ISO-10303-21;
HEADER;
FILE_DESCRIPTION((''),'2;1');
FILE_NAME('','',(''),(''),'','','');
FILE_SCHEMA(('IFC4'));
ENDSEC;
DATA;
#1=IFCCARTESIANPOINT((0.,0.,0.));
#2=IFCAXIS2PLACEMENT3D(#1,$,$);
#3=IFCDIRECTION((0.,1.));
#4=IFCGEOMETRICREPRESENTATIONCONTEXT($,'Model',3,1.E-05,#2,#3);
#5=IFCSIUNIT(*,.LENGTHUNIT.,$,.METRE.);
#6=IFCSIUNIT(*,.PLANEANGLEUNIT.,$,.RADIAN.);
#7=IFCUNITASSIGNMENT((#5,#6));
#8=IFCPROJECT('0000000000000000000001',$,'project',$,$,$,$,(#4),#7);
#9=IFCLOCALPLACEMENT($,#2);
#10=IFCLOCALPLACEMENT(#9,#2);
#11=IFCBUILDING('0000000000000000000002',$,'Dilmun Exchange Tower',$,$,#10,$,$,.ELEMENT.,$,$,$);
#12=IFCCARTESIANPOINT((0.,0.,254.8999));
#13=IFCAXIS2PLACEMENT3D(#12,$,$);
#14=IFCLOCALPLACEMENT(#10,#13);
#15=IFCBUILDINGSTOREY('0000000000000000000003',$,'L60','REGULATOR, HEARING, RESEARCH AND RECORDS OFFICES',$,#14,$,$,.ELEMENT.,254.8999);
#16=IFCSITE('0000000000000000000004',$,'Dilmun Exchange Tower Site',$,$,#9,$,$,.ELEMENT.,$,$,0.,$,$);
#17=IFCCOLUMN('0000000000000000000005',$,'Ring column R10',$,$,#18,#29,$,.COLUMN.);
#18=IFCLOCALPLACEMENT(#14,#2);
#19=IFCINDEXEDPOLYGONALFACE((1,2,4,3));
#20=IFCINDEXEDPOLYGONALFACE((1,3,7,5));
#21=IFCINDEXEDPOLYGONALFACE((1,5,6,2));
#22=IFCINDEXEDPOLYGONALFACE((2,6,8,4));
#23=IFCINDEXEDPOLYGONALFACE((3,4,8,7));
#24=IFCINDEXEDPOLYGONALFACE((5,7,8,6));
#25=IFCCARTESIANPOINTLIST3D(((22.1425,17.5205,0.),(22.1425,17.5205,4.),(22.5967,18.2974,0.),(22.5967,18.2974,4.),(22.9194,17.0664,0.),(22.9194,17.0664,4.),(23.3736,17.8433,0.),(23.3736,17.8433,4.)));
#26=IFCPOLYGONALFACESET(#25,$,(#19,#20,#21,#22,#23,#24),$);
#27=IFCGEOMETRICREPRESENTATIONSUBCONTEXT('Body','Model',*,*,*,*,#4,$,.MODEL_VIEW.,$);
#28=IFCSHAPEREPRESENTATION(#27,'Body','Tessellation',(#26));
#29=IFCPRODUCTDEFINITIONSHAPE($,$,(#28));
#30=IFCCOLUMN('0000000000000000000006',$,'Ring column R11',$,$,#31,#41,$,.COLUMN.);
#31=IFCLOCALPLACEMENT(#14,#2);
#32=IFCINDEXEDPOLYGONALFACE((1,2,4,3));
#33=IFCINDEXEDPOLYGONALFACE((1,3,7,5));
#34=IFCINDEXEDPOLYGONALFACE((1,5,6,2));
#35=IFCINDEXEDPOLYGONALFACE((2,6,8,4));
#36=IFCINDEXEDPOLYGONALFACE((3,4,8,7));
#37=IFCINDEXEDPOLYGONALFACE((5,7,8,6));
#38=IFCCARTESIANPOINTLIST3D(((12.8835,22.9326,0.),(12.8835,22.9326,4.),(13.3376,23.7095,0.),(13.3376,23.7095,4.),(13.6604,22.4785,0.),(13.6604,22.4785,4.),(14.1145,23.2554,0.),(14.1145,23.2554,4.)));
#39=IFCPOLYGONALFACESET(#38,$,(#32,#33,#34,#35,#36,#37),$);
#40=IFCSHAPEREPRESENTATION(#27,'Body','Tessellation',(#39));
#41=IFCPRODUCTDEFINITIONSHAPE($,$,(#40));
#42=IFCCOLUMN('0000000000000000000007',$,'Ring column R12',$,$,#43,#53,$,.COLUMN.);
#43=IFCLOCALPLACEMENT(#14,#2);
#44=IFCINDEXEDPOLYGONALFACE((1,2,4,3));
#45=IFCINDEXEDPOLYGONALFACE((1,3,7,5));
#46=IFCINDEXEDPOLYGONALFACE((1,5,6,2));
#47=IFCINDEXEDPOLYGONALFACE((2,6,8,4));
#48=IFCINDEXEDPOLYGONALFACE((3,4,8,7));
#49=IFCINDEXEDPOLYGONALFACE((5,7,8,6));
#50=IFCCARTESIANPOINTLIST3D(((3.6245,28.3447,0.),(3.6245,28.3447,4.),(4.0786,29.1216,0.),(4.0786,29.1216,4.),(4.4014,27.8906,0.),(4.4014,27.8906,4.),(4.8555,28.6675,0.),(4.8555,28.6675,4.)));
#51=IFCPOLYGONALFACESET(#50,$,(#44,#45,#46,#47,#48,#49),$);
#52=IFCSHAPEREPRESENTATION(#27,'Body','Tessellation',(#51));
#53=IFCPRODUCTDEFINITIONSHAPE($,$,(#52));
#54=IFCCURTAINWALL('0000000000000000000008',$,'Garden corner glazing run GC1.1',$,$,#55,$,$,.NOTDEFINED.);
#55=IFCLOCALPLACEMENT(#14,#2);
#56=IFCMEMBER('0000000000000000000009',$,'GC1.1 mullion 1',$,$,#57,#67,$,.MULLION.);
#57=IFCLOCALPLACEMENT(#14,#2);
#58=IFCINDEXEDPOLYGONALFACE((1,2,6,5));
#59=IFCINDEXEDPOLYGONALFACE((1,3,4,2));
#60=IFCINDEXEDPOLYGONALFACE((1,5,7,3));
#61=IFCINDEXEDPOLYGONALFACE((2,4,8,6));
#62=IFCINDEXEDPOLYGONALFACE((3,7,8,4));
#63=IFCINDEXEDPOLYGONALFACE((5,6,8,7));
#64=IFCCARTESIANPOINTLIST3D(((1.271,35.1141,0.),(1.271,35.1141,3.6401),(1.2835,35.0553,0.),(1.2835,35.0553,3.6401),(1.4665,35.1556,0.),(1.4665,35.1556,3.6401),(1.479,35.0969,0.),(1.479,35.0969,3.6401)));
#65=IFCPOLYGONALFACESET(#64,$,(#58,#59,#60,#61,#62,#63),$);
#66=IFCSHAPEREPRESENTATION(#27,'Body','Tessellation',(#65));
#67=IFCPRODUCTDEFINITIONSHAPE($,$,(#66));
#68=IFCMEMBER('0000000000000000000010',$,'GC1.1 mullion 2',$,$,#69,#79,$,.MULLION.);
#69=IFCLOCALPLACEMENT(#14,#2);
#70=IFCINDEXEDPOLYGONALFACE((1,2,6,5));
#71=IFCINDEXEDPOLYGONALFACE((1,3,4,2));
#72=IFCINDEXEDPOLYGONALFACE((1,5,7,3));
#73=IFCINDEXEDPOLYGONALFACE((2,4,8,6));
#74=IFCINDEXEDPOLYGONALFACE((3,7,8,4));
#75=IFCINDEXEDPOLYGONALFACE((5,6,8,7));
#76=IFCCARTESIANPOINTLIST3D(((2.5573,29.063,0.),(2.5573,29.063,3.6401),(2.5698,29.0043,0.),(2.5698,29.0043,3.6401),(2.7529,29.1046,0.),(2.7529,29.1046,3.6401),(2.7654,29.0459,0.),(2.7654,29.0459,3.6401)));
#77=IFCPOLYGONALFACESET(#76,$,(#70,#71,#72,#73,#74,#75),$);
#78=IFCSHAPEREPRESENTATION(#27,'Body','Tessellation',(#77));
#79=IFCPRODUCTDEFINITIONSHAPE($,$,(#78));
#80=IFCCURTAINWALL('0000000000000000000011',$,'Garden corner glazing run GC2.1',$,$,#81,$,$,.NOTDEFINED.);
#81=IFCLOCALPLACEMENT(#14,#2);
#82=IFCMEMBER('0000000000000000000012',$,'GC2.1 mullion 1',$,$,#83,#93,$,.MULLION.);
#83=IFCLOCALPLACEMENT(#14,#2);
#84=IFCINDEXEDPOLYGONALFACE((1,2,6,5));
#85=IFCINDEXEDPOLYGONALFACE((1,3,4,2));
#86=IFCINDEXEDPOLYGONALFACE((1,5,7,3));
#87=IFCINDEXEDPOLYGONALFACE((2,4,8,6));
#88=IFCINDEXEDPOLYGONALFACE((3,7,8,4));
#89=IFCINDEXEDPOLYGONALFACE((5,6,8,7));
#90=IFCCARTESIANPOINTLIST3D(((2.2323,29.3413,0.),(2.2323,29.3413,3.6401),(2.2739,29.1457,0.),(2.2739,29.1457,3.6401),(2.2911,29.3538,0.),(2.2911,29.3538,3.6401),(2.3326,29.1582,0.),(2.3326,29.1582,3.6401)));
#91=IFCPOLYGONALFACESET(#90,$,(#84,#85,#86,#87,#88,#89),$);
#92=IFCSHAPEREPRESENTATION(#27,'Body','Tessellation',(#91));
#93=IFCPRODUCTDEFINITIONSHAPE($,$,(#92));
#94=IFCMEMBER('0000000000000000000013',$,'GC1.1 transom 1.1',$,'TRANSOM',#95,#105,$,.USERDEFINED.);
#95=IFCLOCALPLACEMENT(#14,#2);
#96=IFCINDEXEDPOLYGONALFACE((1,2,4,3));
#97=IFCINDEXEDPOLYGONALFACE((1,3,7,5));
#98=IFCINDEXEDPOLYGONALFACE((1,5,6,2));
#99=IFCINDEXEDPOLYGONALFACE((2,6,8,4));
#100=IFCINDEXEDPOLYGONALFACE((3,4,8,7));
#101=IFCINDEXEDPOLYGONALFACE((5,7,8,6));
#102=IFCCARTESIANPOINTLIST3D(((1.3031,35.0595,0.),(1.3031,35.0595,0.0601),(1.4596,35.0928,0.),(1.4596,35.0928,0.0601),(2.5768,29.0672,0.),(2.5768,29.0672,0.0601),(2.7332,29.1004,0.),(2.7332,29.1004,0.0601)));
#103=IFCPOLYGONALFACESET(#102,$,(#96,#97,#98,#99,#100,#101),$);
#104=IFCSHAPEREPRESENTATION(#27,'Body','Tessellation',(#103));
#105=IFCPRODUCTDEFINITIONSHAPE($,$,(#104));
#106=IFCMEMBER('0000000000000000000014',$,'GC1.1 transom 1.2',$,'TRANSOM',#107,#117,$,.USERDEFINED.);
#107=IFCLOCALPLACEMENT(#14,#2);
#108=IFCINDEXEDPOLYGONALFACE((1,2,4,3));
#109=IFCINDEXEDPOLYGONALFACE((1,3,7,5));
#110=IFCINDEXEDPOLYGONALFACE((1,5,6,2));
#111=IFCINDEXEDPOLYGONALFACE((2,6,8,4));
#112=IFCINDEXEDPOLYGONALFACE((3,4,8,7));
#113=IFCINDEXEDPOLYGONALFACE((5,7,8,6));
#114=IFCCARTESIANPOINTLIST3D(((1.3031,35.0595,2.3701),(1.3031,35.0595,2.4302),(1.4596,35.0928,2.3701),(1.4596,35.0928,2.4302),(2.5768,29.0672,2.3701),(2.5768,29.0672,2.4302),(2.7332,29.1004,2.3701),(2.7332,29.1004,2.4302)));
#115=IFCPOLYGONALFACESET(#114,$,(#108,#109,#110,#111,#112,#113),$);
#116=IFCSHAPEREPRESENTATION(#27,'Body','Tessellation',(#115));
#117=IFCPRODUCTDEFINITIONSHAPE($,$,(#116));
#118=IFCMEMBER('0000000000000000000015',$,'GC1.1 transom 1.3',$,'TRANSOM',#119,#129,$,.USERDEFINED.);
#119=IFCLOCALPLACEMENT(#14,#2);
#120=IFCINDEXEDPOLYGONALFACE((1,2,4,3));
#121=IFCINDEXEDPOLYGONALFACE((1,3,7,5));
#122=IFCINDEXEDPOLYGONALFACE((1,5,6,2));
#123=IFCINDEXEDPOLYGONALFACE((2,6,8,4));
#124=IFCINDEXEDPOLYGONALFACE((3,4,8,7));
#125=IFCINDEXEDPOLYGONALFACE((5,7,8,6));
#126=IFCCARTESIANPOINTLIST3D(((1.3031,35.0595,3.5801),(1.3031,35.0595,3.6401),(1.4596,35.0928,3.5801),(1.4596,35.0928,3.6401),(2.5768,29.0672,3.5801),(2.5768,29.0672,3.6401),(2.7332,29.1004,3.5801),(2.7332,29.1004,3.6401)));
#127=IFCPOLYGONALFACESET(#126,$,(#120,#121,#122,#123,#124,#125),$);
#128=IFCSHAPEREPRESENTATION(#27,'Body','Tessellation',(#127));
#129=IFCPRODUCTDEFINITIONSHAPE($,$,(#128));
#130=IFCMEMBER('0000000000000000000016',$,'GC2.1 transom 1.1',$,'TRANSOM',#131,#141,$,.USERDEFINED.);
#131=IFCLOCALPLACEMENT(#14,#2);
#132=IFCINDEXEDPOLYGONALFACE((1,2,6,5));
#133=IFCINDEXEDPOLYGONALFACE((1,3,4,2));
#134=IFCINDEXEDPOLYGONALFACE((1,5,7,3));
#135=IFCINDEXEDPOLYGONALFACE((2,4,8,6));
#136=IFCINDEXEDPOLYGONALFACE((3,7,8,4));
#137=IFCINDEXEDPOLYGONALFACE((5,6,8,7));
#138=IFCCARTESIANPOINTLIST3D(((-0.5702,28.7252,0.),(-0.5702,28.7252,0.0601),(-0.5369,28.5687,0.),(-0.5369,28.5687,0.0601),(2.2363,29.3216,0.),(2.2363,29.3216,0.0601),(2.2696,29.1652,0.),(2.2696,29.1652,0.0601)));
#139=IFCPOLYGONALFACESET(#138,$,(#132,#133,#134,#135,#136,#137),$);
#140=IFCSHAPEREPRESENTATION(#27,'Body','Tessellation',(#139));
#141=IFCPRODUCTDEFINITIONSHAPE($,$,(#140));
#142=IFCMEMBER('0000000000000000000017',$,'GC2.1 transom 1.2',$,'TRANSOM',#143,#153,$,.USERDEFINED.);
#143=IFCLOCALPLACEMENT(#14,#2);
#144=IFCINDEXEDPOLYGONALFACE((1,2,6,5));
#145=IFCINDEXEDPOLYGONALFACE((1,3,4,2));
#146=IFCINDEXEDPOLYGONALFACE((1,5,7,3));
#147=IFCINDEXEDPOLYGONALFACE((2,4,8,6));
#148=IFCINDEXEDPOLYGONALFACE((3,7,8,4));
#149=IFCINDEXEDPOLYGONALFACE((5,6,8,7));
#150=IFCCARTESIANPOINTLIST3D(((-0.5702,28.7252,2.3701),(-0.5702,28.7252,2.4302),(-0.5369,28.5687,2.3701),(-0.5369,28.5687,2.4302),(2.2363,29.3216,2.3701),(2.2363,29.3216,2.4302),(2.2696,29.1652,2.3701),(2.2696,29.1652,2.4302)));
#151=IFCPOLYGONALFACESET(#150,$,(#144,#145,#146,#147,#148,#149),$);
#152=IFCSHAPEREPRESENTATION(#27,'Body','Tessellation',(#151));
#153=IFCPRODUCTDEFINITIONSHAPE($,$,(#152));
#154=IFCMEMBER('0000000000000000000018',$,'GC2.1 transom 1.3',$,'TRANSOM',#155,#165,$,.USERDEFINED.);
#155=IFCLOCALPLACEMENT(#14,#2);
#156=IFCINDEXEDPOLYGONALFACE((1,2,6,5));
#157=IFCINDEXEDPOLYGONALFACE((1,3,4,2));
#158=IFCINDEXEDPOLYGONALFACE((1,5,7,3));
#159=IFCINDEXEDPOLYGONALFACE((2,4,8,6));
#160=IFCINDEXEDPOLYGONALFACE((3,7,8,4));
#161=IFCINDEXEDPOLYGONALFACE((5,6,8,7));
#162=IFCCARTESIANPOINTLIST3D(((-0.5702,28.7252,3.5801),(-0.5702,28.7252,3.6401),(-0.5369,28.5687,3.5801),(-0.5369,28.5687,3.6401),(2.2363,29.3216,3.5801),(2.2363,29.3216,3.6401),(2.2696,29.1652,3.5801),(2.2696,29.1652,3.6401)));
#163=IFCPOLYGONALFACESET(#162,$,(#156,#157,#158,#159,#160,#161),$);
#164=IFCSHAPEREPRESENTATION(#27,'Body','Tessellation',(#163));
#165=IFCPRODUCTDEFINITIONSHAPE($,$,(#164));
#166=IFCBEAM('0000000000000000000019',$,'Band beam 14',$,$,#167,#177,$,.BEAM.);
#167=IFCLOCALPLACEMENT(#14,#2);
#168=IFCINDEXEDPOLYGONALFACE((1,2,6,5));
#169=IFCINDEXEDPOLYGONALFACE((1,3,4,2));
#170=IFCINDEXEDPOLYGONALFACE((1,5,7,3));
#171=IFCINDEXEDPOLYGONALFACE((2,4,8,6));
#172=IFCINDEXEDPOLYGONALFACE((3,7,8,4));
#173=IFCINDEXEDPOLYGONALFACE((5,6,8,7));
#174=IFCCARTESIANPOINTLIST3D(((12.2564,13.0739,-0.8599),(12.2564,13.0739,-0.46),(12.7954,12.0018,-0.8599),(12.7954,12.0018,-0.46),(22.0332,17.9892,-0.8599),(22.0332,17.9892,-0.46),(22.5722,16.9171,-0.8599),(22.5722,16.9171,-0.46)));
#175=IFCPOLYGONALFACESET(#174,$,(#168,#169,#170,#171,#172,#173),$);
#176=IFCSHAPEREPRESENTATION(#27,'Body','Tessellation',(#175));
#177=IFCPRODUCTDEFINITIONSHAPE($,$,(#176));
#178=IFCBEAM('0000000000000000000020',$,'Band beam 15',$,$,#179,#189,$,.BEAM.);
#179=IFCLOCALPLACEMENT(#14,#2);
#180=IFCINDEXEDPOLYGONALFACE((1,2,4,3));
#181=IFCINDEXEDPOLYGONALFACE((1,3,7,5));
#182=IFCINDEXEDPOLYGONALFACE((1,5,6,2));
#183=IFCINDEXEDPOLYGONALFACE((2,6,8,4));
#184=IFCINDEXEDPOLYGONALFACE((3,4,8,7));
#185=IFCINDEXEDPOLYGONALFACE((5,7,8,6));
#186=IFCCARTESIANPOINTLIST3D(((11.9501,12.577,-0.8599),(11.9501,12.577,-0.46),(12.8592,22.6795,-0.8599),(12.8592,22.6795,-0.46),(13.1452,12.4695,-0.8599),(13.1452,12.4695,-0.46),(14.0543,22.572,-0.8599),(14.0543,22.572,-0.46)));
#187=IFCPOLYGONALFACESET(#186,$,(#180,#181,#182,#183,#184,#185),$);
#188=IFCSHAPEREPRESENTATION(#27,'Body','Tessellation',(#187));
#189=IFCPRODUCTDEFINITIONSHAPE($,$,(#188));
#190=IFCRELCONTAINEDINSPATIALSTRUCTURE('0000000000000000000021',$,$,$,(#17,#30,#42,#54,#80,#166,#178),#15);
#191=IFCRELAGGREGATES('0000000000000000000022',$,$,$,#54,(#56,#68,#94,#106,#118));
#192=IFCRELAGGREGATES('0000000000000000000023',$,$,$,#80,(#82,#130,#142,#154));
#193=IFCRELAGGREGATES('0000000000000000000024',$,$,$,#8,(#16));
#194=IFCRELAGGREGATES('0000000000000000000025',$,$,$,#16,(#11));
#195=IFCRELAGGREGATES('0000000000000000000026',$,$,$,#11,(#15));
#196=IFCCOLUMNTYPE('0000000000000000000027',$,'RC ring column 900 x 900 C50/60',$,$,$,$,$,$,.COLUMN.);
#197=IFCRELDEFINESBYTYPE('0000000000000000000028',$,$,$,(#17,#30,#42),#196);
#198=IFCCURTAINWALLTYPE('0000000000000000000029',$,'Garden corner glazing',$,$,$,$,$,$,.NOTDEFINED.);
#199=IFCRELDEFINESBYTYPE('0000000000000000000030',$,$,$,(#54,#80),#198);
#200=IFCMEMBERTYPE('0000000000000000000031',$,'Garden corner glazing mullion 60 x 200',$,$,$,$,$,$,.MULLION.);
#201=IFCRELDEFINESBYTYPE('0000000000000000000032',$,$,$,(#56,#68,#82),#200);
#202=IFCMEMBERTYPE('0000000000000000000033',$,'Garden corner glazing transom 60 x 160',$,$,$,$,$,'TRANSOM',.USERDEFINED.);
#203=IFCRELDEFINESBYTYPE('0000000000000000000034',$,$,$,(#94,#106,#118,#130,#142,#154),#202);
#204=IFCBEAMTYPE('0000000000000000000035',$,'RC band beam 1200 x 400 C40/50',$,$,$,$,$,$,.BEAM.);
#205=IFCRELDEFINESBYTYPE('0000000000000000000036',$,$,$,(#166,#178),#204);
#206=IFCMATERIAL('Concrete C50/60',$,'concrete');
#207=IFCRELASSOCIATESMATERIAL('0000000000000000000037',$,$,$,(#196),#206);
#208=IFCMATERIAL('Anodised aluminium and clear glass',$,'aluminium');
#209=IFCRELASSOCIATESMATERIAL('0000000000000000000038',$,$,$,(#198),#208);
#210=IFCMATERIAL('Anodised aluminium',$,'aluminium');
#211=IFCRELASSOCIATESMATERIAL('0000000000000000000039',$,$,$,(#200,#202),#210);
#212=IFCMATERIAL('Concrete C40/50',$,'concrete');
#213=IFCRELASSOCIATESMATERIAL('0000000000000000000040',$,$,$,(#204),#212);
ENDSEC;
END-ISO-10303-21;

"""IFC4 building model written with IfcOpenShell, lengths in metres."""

from ifc_helpers import new_model, si_unit, direction, frame, origin, origin_2d, place, context, subcontext, project, spatial, rectangle, extrude, material, material_profile, profile_set, type_object, element, aggregate, save


model = new_model("IFC4")

# Units and contexts
model_context = context("Model", 3, precision=1e-05, world=origin(), true_north=direction((0.0, 1.0)))
body_context = subcontext(model_context, "Body", "Model", "MODEL_VIEW")
ifc_project = project(units=[si_unit("LENGTHUNIT", "METRE"), si_unit("PLANEANGLEUNIT", "RADIAN")], contexts=[model_context])

# Site, building, storey
site_placement = place(None, origin())
site = spatial("IfcSite", under=ifc_project, at=site_placement, Name="Dilmun Exchange Tower Site", CompositionType="ELEMENT", RefElevation=0.0)
building_placement = place(site_placement, origin())
building = spatial("IfcBuilding", under=site, at=building_placement, Name="Dilmun Exchange Tower", CompositionType="ELEMENT")
storey_placement = place(building_placement, frame((0.0, 0.0, 254.8999)))
storey = spatial("IfcBuildingStorey", under=building, at=storey_placement, Name="L60", Description="REGULATOR, HEARING, RESEARCH AND RECORDS OFFICES", CompositionType="ELEMENT", Elevation=254.8999)

# Columns
ifc_material_1 = material(Name="Concrete C50/60", Category="concrete")
ifc_material_profile_1 = material_profile(ifc_material_1, rectangle(XDim=0.8999, YDim=0.8999, at=origin_2d()), Name="900 x 900")
ifc_profile_set_1 = profile_set([ifc_material_profile_1], Name="Concrete C50/60")
column_type = type_object("IfcColumnType", Name="RC ring column 900 x 900 C50/60", PredefinedType="COLUMN", material=ifc_profile_set_1)
for number, where, z_axis, x_axis, name in (
    (1, (22.7581, 17.6819, 0.0), (0.0, 0.0, 1.0), (0.504644, 0.863328, 0.0), "Ring column R10"),
    (2, (13.499, 23.094, 0.0), (0.0, 0.0, 1.0), (0.504644, 0.863328, 0.0), "Ring column R11"),
    (3, (4.24, 28.5061, 0.0), (0.0, 0.0, 1.0), (0.504644, 0.863328, 0.0), "Ring column R12"),
):
    element("IfcColumn", number, at=place(storey_placement, frame(where, z_axis=z_axis, x_axis=x_axis)), inside=storey, type_object=column_type, Name=name, PredefinedType="COLUMN", context=body_context, shape_type="SweptSolid", body=[
        extrude(rectangle(XDim=0.8999, YDim=0.8999, at=origin_2d()), origin(), (0.0, 0.0, 1.0), 4.0),
    ])

# Curtain wall, members
ifc_material_2 = material(Name="Anodised aluminium and clear glass", Category="aluminium")
curtain_wall_type = type_object("IfcCurtainWallType", Name="Garden corner glazing", PredefinedType="NOTDEFINED", material=ifc_material_2)
curtain_wall_1_placement = place(storey_placement, origin())
curtain_wall_1 = element("IfcCurtainWall", 4, at=curtain_wall_1_placement, inside=storey, type_object=curtain_wall_type, Name="Garden corner glazing run GC1.1", PredefinedType="NOTDEFINED")
ifc_material_3 = material(Name="Anodised aluminium", Category="aluminium")
ifc_material_profile_2 = material_profile(ifc_material_3, rectangle(XDim=0.2, YDim=0.0601, at=origin_2d()), Name="AL 60x200")
ifc_profile_set_2 = profile_set([ifc_material_profile_2], Name="Anodised aluminium")
member_type_1 = type_object("IfcMemberType", Name="Garden corner glazing mullion 60 x 200", PredefinedType="MULLION", material=ifc_profile_set_2)
member_1_placement = place(storey_placement, frame((1.375, 35.1055, 0.0), z_axis=(0.0, 0.0, 1.0), x_axis=(0.978148, 0.207912, 0.0)))
member_1 = element("IfcMember", 5, at=member_1_placement, type_object=member_type_1, Name="GC1.1 mullion 1", PredefinedType="MULLION", context=body_context, shape_type="SweptSolid", body=[
    extrude(rectangle(XDim=0.2, YDim=0.0601, at=origin_2d()), origin(), (0.0, 0.0, 1.0), 3.6401),
])
member_2_placement = place(storey_placement, frame((2.6614, 29.0544, 0.0), z_axis=(0.0, 0.0, 1.0), x_axis=(0.978148, 0.207912, 0.0)))
member_2 = element("IfcMember", 6, at=member_2_placement, type_object=member_type_1, Name="GC1.1 mullion 2", PredefinedType="MULLION", context=body_context, shape_type="SweptSolid", body=[
    extrude(rectangle(XDim=0.2, YDim=0.0601, at=origin_2d()), origin(), (0.0, 0.0, 1.0), 3.6401),
])

# Curtain wall, member
curtain_wall_2_placement = place(storey_placement, origin())
curtain_wall_2 = element("IfcCurtainWall", 7, at=curtain_wall_2_placement, inside=storey, type_object=curtain_wall_type, Name="Garden corner glazing run GC2.1", PredefinedType="NOTDEFINED")
member_3_placement = place(storey_placement, frame((2.2825, 29.2498, 0.0), z_axis=(0.0, 0.0, 1.0), x_axis=(0.207888, -0.978153, 0.0)))
member_3 = element("IfcMember", 8, at=member_3_placement, type_object=member_type_1, Name="GC2.1 mullion 1", PredefinedType="MULLION", context=body_context, shape_type="SweptSolid", body=[
    extrude(rectangle(XDim=0.2, YDim=0.0601, at=origin_2d()), origin(), (0.0, 0.0, 1.0), 3.6401),
])

# Members
ifc_material_profile_3 = material_profile(ifc_material_3, rectangle(XDim=0.1599, YDim=0.0601, at=origin_2d()), Name="AL 60x160")
ifc_profile_set_3 = profile_set([ifc_material_profile_3], Name="Anodised aluminium")
member_type_2 = type_object("IfcMemberType", Name="Garden corner glazing transom 60 x 160", ElementType="TRANSOM", PredefinedType="USERDEFINED", material=ifc_profile_set_3)
member_4_placement = place(storey_placement, frame((1.3813, 35.0762, 0.03), z_axis=(0.207904, -0.978149, 0.0), x_axis=(0.978149, 0.207904, 0.0)))
member_4 = element("IfcMember", 9, at=member_4_placement, type_object=member_type_2, Name="GC1.1 transom 1.1", ObjectType="TRANSOM", PredefinedType="USERDEFINED", context=body_context, shape_type="SweptSolid", body=[
    extrude(rectangle(XDim=0.1599, YDim=0.0601, at=origin_2d()), origin(), (0.0, 0.0, 1.0), 6.1262),
])
member_5_placement = place(storey_placement, frame((1.3813, 35.0762, 2.4001), z_axis=(0.207904, -0.978149, 0.0), x_axis=(0.978149, 0.207904, 0.0)))
member_5 = element("IfcMember", 10, at=member_5_placement, type_object=member_type_2, Name="GC1.1 transom 1.2", ObjectType="TRANSOM", PredefinedType="USERDEFINED", context=body_context, shape_type="SweptSolid", body=[
    extrude(rectangle(XDim=0.1599, YDim=0.0601, at=origin_2d()), origin(), (0.0, 0.0, 1.0), 6.1262),
])
member_6_placement = place(storey_placement, frame((1.3813, 35.0762, 3.6101), z_axis=(0.207904, -0.978149, 0.0), x_axis=(0.978149, 0.207904, 0.0)))
member_6 = element("IfcMember", 11, at=member_6_placement, type_object=member_type_2, Name="GC1.1 transom 1.3", ObjectType="TRANSOM", PredefinedType="USERDEFINED", context=body_context, shape_type="SweptSolid", body=[
    extrude(rectangle(XDim=0.1599, YDim=0.0601, at=origin_2d()), origin(), (0.0, 0.0, 1.0), 6.1262),
])
member_7_placement = place(storey_placement, frame((2.2529, 29.2434, 0.03), z_axis=(-0.978153, -0.207884, 0.0), x_axis=(0.207884, -0.978153, 0.0)))
member_7 = element("IfcMember", 12, at=member_7_placement, type_object=member_type_2, Name="GC2.1 transom 1.1", ObjectType="TRANSOM", PredefinedType="USERDEFINED", context=body_context, shape_type="SweptSolid", body=[
    extrude(rectangle(XDim=0.1599, YDim=0.0601, at=origin_2d()), origin(), (0.0, 0.0, 1.0), 2.8691),
])
member_8_placement = place(storey_placement, frame((2.2529, 29.2434, 2.4001), z_axis=(-0.978153, -0.207884, 0.0), x_axis=(0.207884, -0.978153, 0.0)))
member_8 = element("IfcMember", 13, at=member_8_placement, type_object=member_type_2, Name="GC2.1 transom 1.2", ObjectType="TRANSOM", PredefinedType="USERDEFINED", context=body_context, shape_type="SweptSolid", body=[
    extrude(rectangle(XDim=0.1599, YDim=0.0601, at=origin_2d()), origin(), (0.0, 0.0, 1.0), 2.8691),
])
member_9_placement = place(storey_placement, frame((2.2529, 29.2434, 3.6101), z_axis=(-0.978153, -0.207884, 0.0), x_axis=(0.207884, -0.978153, 0.0)))
member_9 = element("IfcMember", 14, at=member_9_placement, type_object=member_type_2, Name="GC2.1 transom 1.3", ObjectType="TRANSOM", PredefinedType="USERDEFINED", context=body_context, shape_type="SweptSolid", body=[
    extrude(rectangle(XDim=0.1599, YDim=0.0601, at=origin_2d()), origin(), (0.0, 0.0, 1.0), 2.8691),
])

# Beams
ifc_material_4 = material(Name="Concrete C40/50", Category="concrete")
ifc_material_profile_4 = material_profile(ifc_material_4, rectangle(XDim=1.2, YDim=0.3999, at=origin_2d()), Name="1200 x 400")
ifc_profile_set_4 = profile_set([ifc_material_profile_4], Name="Concrete C40/50")
beam_type_1 = type_object("IfcBeamType", Name="RC band beam 1200 x 400 C40/50", PredefinedType="BEAM", material=ifc_profile_set_4)
beam_1_placement = place(storey_placement, frame((22.3027, 17.4531, -0.6599), z_axis=(-0.893443, -0.449176, 0.0), x_axis=(0.449176, -0.893443, 0.0)))
element("IfcBeam", 15, at=beam_1_placement, inside=storey, type_object=beam_type_1, Name="Band beam 14", PredefinedType="BEAM", context=body_context, shape_type="SweptSolid", body=[
    extrude(rectangle(XDim=1.2, YDim=0.3999, at=origin_2d()), origin(), (0.0, 0.0, 1.0), 10.9429),
])
beam_2_placement = place(storey_placement, frame((13.4568, 22.6257, -0.6599), z_axis=(-0.089633, -0.995975, 0.0), x_axis=(0.995975, -0.089633, 0.0)))
element("IfcBeam", 16, at=beam_2_placement, inside=storey, type_object=beam_type_1, Name="Band beam 15", PredefinedType="BEAM", context=body_context, shape_type="SweptSolid", body=[
    extrude(rectangle(XDim=1.2, YDim=0.3999, at=origin_2d()), origin(), (0.0, 0.0, 1.0), 10.1433),
])

aggregate(curtain_wall_1, [member_1, member_2, member_4, member_5, member_6])
aggregate(curtain_wall_2, [member_3, member_7, member_8, member_9])

save(model, "model.ifc")
